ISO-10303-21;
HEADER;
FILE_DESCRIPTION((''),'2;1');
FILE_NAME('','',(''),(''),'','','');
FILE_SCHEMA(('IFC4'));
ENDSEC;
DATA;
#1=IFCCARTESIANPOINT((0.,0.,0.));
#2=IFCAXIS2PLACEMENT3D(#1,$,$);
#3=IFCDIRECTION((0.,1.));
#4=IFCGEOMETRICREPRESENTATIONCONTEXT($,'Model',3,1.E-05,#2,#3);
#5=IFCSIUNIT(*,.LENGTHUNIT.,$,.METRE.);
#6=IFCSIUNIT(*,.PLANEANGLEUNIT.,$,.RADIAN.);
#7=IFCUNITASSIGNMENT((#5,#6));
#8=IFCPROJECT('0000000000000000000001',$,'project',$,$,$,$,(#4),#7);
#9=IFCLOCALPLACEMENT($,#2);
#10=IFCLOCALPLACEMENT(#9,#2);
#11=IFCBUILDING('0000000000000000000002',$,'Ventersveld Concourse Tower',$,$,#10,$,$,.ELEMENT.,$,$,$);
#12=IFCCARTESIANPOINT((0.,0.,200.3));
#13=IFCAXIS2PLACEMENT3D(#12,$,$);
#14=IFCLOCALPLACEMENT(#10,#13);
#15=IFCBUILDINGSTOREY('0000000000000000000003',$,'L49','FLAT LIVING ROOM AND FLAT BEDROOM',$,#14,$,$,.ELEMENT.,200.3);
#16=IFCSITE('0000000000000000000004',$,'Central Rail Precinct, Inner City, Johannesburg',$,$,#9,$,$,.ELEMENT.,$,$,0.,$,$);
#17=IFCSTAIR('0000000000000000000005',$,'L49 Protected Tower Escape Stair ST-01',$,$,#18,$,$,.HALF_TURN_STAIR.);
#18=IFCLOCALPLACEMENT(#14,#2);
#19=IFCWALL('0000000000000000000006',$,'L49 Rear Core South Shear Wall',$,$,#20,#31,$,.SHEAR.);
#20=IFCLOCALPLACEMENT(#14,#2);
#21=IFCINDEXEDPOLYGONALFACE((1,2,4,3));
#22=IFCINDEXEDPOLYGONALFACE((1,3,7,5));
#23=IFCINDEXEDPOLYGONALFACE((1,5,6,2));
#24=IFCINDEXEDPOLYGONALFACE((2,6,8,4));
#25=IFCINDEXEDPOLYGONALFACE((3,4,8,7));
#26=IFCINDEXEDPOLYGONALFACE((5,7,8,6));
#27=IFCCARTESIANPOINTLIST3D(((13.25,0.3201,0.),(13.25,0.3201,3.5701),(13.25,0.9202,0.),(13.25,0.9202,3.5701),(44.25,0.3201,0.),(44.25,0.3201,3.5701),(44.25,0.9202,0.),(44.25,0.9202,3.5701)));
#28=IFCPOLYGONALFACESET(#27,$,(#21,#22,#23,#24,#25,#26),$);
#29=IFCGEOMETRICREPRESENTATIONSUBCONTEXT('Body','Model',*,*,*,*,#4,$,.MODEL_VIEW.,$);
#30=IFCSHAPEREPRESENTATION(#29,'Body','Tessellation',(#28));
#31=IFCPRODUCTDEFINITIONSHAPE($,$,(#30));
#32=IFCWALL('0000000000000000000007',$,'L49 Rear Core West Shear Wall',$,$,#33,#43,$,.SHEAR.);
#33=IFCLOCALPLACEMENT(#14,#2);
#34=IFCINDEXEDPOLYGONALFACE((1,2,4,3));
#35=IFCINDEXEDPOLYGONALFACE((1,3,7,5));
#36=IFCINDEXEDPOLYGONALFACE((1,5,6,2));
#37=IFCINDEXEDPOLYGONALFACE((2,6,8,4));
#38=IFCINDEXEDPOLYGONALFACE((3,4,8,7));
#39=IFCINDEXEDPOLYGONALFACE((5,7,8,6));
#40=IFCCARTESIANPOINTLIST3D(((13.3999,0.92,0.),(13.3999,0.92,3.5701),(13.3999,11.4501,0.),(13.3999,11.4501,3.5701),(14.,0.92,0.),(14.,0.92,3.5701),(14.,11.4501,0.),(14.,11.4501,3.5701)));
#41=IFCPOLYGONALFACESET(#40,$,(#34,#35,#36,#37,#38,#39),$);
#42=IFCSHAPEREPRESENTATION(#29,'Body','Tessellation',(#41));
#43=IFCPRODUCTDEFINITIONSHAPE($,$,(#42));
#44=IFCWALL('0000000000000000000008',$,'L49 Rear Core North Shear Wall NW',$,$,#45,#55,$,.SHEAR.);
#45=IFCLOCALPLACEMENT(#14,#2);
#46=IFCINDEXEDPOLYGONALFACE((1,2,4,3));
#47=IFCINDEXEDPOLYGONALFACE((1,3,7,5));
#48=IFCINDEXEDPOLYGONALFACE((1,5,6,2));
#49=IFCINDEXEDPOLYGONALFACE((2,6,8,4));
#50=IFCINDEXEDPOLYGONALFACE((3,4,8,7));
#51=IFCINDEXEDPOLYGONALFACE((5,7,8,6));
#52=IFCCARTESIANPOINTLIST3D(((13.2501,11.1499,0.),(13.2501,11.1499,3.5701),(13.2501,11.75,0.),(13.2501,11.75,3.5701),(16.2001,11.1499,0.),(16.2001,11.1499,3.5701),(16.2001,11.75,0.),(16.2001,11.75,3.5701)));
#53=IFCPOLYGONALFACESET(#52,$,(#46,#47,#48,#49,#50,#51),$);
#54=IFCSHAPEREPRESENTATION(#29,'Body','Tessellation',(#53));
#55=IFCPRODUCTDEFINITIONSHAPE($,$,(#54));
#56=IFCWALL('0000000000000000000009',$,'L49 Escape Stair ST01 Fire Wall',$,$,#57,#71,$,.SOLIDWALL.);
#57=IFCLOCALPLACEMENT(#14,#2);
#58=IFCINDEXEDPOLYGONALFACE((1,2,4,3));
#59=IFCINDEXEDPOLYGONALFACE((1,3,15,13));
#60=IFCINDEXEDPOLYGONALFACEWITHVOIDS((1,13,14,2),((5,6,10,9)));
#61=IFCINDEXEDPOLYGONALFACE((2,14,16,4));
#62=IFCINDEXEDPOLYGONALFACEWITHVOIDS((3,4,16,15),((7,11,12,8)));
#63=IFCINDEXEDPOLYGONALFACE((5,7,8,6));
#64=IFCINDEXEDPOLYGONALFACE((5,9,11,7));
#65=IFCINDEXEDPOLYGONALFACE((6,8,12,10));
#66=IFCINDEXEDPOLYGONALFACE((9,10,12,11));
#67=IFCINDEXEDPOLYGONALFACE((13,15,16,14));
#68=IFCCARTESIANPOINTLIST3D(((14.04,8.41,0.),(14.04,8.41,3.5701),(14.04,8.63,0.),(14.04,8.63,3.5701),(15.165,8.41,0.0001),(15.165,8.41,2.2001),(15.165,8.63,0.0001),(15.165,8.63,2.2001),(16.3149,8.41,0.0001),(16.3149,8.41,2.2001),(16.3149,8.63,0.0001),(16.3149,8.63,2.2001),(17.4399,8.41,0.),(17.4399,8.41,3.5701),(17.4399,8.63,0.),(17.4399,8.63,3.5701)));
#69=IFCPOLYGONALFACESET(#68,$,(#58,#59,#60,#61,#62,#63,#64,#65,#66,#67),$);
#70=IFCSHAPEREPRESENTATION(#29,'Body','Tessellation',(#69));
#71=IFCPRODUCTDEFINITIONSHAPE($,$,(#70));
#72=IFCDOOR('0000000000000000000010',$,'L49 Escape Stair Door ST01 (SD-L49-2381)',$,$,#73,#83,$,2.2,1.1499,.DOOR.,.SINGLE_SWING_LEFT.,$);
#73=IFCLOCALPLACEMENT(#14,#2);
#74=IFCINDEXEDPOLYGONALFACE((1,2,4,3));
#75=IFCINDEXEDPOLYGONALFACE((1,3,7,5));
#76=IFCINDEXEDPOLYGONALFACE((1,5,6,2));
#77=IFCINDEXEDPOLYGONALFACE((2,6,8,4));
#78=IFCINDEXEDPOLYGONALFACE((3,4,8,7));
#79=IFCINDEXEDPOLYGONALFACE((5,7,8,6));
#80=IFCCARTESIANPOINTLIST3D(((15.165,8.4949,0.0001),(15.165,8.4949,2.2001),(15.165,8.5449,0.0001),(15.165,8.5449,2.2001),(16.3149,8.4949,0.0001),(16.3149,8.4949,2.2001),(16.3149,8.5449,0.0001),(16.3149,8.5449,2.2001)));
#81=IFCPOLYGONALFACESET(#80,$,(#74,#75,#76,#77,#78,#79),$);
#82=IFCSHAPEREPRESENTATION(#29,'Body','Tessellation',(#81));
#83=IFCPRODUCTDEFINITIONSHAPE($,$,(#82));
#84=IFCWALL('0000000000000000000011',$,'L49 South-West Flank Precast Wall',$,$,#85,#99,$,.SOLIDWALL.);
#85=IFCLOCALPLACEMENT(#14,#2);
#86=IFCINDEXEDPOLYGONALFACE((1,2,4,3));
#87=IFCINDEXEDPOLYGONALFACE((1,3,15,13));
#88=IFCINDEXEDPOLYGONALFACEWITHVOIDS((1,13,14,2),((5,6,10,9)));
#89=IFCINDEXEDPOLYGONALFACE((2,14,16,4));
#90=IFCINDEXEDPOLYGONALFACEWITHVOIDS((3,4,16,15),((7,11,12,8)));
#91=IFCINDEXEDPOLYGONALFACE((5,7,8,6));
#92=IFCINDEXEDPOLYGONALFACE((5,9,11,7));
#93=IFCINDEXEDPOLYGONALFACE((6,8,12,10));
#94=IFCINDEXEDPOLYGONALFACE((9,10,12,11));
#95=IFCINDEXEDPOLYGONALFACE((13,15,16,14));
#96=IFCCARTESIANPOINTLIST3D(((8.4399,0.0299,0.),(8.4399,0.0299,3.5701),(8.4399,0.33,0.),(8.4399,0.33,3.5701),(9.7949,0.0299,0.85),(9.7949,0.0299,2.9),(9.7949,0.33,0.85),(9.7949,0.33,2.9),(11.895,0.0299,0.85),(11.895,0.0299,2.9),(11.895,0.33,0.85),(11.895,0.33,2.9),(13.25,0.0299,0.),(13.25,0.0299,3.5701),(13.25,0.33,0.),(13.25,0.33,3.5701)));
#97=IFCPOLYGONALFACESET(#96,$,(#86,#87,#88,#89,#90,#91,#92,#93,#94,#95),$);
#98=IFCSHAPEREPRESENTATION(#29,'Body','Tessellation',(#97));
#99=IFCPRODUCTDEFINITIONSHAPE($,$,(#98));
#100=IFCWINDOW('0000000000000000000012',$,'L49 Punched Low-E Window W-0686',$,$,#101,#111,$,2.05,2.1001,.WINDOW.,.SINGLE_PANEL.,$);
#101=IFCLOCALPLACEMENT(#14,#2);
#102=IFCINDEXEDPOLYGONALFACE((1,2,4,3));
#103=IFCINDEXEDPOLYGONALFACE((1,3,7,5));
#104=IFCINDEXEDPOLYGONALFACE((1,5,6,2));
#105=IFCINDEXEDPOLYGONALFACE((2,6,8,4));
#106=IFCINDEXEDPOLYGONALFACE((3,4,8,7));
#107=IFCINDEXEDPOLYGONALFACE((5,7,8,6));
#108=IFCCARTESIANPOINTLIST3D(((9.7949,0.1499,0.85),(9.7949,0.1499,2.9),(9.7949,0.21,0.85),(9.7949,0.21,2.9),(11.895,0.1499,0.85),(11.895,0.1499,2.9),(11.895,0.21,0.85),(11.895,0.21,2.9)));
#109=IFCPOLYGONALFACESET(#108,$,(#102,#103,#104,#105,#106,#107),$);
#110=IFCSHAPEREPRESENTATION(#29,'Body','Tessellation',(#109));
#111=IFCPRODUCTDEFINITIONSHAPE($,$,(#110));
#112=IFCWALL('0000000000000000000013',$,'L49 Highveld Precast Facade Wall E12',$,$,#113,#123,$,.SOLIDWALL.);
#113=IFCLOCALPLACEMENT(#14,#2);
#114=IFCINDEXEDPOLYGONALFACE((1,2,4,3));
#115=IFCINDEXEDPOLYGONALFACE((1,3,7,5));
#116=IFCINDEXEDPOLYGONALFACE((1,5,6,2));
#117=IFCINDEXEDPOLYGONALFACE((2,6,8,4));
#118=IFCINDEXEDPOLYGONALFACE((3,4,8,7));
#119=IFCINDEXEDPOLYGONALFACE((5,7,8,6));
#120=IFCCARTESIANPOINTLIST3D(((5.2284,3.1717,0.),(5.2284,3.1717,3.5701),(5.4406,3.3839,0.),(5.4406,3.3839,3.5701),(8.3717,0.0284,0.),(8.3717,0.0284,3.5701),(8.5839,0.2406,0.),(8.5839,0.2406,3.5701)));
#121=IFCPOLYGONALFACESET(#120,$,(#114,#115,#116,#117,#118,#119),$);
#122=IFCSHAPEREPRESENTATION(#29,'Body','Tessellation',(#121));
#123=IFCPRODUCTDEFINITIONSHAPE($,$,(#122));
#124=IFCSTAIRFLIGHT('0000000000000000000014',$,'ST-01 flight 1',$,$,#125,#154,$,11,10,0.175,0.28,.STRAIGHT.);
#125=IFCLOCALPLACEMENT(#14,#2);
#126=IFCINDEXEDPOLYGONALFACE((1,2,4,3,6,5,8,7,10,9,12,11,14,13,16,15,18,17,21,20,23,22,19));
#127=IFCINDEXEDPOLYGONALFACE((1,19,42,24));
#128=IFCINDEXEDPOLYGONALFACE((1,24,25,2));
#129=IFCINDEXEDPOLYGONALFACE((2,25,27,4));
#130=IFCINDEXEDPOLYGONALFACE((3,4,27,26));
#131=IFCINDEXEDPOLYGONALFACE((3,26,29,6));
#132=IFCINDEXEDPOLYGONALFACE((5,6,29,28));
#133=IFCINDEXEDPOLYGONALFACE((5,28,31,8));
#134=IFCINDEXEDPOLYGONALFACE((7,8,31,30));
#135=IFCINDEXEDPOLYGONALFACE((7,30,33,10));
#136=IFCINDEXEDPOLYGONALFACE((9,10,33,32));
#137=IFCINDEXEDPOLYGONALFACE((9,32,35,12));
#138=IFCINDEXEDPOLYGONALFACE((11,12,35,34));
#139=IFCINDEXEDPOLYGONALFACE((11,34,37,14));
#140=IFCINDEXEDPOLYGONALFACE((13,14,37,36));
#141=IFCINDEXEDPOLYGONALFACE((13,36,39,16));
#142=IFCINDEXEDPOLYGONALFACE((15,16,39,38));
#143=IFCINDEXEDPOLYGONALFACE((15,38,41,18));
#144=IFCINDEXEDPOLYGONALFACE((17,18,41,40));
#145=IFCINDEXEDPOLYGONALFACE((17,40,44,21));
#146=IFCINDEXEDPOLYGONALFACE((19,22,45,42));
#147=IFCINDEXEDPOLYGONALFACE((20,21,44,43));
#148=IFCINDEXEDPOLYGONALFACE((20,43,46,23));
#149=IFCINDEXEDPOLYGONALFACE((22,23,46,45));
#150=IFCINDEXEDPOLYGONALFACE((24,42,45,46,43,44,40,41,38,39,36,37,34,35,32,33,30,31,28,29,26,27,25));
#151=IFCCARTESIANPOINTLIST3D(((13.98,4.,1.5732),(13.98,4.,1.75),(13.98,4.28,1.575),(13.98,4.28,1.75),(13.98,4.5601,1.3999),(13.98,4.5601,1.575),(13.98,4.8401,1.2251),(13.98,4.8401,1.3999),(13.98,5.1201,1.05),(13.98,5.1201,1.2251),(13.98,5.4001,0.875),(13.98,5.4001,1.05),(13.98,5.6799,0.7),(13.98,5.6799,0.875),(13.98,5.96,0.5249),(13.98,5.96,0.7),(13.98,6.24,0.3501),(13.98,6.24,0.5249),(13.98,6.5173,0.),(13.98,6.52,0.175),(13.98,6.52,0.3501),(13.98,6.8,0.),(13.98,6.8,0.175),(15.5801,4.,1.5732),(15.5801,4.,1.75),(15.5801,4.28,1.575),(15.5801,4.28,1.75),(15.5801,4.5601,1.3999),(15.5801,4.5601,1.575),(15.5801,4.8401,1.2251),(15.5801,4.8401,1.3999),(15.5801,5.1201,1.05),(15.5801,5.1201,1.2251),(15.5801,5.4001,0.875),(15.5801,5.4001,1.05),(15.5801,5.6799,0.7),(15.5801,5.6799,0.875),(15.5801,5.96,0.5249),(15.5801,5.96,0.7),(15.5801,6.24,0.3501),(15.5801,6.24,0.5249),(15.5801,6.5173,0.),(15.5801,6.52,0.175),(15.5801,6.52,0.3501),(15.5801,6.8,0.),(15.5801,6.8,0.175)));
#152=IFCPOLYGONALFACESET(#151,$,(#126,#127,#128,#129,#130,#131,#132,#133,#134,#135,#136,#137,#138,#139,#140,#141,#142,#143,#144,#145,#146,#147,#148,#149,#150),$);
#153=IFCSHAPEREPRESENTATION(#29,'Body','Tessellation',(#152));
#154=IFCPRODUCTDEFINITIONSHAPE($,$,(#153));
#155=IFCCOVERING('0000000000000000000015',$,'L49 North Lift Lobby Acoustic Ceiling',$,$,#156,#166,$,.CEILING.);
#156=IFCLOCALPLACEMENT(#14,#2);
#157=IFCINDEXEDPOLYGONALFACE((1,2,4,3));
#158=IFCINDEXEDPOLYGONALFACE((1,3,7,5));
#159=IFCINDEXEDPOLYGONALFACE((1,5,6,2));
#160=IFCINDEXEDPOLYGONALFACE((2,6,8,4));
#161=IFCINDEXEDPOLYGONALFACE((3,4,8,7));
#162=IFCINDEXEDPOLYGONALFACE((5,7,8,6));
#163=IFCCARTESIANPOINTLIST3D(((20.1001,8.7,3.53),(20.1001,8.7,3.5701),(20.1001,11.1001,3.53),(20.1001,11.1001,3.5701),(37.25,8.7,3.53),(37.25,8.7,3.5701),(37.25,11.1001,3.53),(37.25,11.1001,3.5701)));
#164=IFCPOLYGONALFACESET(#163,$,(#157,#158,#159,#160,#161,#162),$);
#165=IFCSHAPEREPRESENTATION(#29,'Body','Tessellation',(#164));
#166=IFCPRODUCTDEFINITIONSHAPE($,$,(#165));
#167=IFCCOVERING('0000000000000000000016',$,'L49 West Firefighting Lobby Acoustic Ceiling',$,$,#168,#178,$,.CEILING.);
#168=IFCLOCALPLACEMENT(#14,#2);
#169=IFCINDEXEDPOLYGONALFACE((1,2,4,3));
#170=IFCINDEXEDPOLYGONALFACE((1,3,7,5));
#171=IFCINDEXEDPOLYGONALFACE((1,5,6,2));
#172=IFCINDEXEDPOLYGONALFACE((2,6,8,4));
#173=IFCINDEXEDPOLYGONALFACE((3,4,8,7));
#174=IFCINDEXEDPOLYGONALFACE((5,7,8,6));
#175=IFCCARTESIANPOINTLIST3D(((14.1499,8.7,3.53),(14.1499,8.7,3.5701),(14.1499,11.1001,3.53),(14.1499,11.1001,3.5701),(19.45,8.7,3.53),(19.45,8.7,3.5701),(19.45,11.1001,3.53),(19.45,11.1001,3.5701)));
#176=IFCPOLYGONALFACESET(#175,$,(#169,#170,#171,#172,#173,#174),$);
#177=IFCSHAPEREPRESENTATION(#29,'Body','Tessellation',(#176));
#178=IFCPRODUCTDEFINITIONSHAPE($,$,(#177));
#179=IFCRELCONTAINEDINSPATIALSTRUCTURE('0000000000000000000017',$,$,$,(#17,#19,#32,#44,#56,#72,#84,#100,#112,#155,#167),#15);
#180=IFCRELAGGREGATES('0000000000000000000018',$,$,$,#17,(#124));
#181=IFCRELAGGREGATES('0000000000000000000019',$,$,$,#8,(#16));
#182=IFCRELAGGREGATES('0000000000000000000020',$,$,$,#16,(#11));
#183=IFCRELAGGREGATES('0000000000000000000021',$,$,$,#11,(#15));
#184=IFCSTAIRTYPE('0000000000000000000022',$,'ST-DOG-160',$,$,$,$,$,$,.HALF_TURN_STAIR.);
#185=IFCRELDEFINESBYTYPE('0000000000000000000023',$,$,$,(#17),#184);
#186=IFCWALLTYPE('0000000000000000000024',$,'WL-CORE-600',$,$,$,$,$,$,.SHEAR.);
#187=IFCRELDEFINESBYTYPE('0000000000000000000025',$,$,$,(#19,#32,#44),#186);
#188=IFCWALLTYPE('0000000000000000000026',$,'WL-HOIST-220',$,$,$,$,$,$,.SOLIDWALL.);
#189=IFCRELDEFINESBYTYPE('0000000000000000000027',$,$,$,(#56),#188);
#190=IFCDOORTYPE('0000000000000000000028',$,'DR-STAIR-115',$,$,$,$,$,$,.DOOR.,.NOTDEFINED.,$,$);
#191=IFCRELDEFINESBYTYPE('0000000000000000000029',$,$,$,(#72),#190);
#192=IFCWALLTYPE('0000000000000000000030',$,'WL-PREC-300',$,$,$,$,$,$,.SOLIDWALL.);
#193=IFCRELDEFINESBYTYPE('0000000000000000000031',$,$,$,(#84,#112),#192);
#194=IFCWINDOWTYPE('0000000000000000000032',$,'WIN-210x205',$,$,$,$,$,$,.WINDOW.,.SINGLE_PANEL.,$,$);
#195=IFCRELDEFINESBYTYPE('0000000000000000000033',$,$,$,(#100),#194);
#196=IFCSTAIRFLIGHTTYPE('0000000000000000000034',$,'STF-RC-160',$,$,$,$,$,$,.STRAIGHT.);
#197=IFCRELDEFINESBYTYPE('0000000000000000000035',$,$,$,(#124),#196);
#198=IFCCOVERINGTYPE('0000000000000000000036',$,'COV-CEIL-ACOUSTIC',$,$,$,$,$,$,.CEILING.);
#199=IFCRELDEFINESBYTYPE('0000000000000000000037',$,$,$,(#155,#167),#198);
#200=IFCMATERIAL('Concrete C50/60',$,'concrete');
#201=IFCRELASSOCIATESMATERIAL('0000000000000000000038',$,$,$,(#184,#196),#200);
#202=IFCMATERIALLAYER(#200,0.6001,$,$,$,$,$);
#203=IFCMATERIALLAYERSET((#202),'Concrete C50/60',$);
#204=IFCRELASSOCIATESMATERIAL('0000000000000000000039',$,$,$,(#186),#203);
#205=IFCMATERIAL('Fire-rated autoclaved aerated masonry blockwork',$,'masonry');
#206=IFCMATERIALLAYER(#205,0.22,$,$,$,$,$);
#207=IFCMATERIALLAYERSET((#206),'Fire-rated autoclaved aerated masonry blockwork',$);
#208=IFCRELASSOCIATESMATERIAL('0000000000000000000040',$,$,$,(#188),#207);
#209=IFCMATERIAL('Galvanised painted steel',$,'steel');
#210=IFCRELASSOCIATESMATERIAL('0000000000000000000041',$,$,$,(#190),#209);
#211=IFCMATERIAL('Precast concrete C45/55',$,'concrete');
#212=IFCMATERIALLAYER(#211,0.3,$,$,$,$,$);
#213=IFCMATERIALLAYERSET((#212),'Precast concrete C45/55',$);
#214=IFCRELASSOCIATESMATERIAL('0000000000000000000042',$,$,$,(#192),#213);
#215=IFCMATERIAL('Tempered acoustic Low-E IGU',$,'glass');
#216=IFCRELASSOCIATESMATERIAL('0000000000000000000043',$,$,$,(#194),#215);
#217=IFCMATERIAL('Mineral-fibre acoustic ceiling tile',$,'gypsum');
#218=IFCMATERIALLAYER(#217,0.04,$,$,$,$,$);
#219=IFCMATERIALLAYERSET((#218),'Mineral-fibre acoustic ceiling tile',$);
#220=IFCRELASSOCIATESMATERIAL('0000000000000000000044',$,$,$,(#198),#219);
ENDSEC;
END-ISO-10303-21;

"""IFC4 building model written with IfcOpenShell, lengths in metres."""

from ifc_helpers import new_model, si_unit, direction, frame, frame_2d, origin, place, context, subcontext, project, spatial, polyline, rectangle, outline, extrude, material, layer, layer_set, type_object, element, fill, aggregate, save


model = new_model("IFC4")

# Units and contexts
model_context = context("Model", 3, precision=1e-05, world=origin(), true_north=direction((0.0, 1.0)))
body_context = subcontext(model_context, "Body", "Model", "MODEL_VIEW")
ifc_project = project(units=[si_unit("LENGTHUNIT", "METRE"), si_unit("PLANEANGLEUNIT", "RADIAN")], contexts=[model_context])

# Site, building, storey
site_placement = place(None, origin())
site = spatial("IfcSite", under=ifc_project, at=site_placement, Name="Central Rail Precinct, Inner City, Johannesburg", CompositionType="ELEMENT", RefElevation=0.0)
building_placement = place(site_placement, origin())
building = spatial("IfcBuilding", under=site, at=building_placement, Name="Ventersveld Concourse Tower", CompositionType="ELEMENT")
storey_placement = place(building_placement, frame((0.0, 0.0, 200.3)))
storey = spatial("IfcBuildingStorey", under=building, at=storey_placement, Name="L49", Description="FLAT LIVING ROOM AND FLAT BEDROOM", CompositionType="ELEMENT", Elevation=200.3)

# Shared definitions
ifc_material_1 = material(Name="Concrete C50/60", Category="concrete")

# Stair
stair_type_1 = type_object("IfcStairType", Name="ST-DOG-160", PredefinedType="HALF_TURN_STAIR", material=ifc_material_1)
stair_1_placement = place(storey_placement, origin())
stair_1 = element("IfcStair", 1, at=stair_1_placement, inside=storey, type_object=stair_type_1, Name="L49 Protected Tower Escape Stair ST-01", PredefinedType="HALF_TURN_STAIR")

# Walls
ifc_layer_1 = layer(ifc_material_1, 0.6001)
ifc_layer_set_1 = layer_set([ifc_layer_1], Name="Concrete C50/60")
wall_type_1 = type_object("IfcWallType", Name="WL-CORE-600", PredefinedType="SHEAR", material=ifc_layer_set_1)
wall_1_placement = place(storey_placement, frame((13.25, 0.6201, 0.0), z_axis=(0.0, 0.0, 1.0), x_axis=(1.0, 0.0, 0.0)))
element("IfcWall", 2, at=wall_1_placement, inside=storey, type_object=wall_type_1, Name="L49 Rear Core South Shear Wall", PredefinedType="SHEAR", context=body_context, shape_type="SweptSolid", body=[
    extrude(rectangle(XDim=31.0, YDim=0.6001, at=frame_2d((15.5, 0.0))), origin(), (0.0, 0.0, 1.0), 3.5701),
])
wall_2_placement = place(storey_placement, frame((13.7, 0.9199, 0.0), z_axis=(0.0, 0.0, 1.0), x_axis=(0.0, 1.0, 0.0)))
element("IfcWall", 3, at=wall_2_placement, inside=storey, type_object=wall_type_1, Name="L49 Rear Core West Shear Wall", PredefinedType="SHEAR", context=body_context, shape_type="SweptSolid", body=[
    extrude(rectangle(XDim=10.53, YDim=0.6001, at=frame_2d((5.2651, 0.0))), origin(), (0.0, 0.0, 1.0), 3.5701),
])
wall_3_placement = place(storey_placement, frame((13.25, 11.45, 0.0), z_axis=(0.0, 0.0, 1.0), x_axis=(1.0, 0.0, 0.0)))
element("IfcWall", 4, at=wall_3_placement, inside=storey, type_object=wall_type_1, Name="L49 Rear Core North Shear Wall NW", PredefinedType="SHEAR", context=body_context, shape_type="SweptSolid", body=[
    extrude(rectangle(XDim=2.95, YDim=0.6001, at=frame_2d((1.4751, 0.0))), origin(), (0.0, 0.0, 1.0), 3.5701),
])

# Wall, opening, door
ifc_material_2 = material(Name="Fire-rated autoclaved aerated masonry blockwork", Category="masonry")
ifc_layer_2 = layer(ifc_material_2, 0.22)
ifc_layer_set_2 = layer_set([ifc_layer_2], Name="Fire-rated autoclaved aerated masonry blockwork")
wall_type_2 = type_object("IfcWallType", Name="WL-HOIST-220", PredefinedType="SOLIDWALL", material=ifc_layer_set_2)
wall_4_placement = place(storey_placement, frame((14.04, 8.52, 0.0), z_axis=(0.0, 0.0, 1.0), x_axis=(1.0, 0.0, 0.0)))
wall_4 = element("IfcWall", 5, at=wall_4_placement, inside=storey, type_object=wall_type_2, Name="L49 Escape Stair ST01 Fire Wall", PredefinedType="SOLIDWALL", context=body_context, shape_type="SweptSolid", body=[
    extrude(rectangle(XDim=3.3999, YDim=0.22, at=frame_2d((1.7, 0.0))), origin(), (0.0, 0.0, 1.0), 3.5701),
])
opening_1_placement = place(wall_4_placement, frame((1.125, 0.0, 0.0)))
opening_1 = element("IfcOpeningElement", 6, at=opening_1_placement, cuts=wall_4, PredefinedType="OPENING", context=body_context, shape_type="SweptSolid", body=[
    extrude(rectangle(XDim=1.1499, YDim=2.2, at=frame_2d((0.575, 1.1001))), frame((0.0, 0.1201, 0.0), z_axis=(0.0, -1.0, 0.0), x_axis=(1.0, 0.0, 0.0)), (0.0, 0.0, 1.0), 0.24),
])
ifc_material_3 = material(Name="Galvanised painted steel", Category="steel")
door_type = type_object("IfcDoorType", Name="DR-STAIR-115", OperationType="NOTDEFINED", PredefinedType="DOOR", material=ifc_material_3)
door_placement = place(opening_1_placement, origin())
door = element("IfcDoor", 7, at=door_placement, inside=storey, type_object=door_type, Name="L49 Escape Stair Door ST01 (SD-L49-2381)", OperationType="SINGLE_SWING_LEFT", OverallHeight=2.2, OverallWidth=1.1499, PredefinedType="DOOR", context=body_context, shape_type="SweptSolid", body=[
    extrude(rectangle(XDim=1.1499, YDim=2.2, at=frame_2d((0.575, 1.1001))), frame((0.0, 0.0249, 0.0), z_axis=(0.0, -1.0, 0.0), x_axis=(1.0, 0.0, 0.0)), (0.0, 0.0, 1.0), 0.05),
])
fill(opening_1, door)

# Wall, opening, window
ifc_material_4 = material(Name="Precast concrete C45/55", Category="concrete")
ifc_layer_3 = layer(ifc_material_4, 0.3)
ifc_layer_set_3 = layer_set([ifc_layer_3], Name="Precast concrete C45/55")
wall_type_3 = type_object("IfcWallType", Name="WL-PREC-300", PredefinedType="SOLIDWALL", material=ifc_layer_set_3)
wall_5_placement = place(storey_placement, frame((8.4399, 0.1799, 0.0), z_axis=(0.0, 0.0, 1.0), x_axis=(1.0, 0.0, 0.0)))
wall_5 = element("IfcWall", 8, at=wall_5_placement, inside=storey, type_object=wall_type_3, Name="L49 South-West Flank Precast Wall", PredefinedType="SOLIDWALL", context=body_context, shape_type="SweptSolid", body=[
    extrude(rectangle(XDim=4.8101, YDim=0.3, at=frame_2d((2.405, 0.0))), origin(), (0.0, 0.0, 1.0), 3.5701),
])
opening_2_placement = place(wall_5_placement, frame((1.355, 0.0, 0.8501)))
opening_2 = element("IfcOpeningElement", 9, at=opening_2_placement, cuts=wall_5, PredefinedType="OPENING", context=body_context, shape_type="SweptSolid", body=[
    extrude(rectangle(XDim=2.1001, YDim=2.05, at=frame_2d((1.05, 1.0249))), frame((0.0, 0.1602, 0.0), z_axis=(0.0, -1.0, 0.0), x_axis=(1.0, 0.0, 0.0)), (0.0, 0.0, 1.0), 0.3201),
])
ifc_material_5 = material(Name="Tempered acoustic Low-E IGU", Category="glass")
window_type = type_object("IfcWindowType", Name="WIN-210x205", PartitioningType="SINGLE_PANEL", PredefinedType="WINDOW", material=ifc_material_5)
window_placement = place(opening_2_placement, origin())
window = element("IfcWindow", 10, at=window_placement, inside=storey, type_object=window_type, Name="L49 Punched Low-E Window W-0686", OverallHeight=2.05, OverallWidth=2.1001, PartitioningType="SINGLE_PANEL", PredefinedType="WINDOW", context=body_context, shape_type="SweptSolid", body=[
    extrude(rectangle(XDim=2.1001, YDim=2.05, at=frame_2d((1.05, 1.0249))), frame((0.0, 0.03, 0.0), z_axis=(0.0, -1.0, 0.0), x_axis=(1.0, 0.0, 0.0)), (0.0, 0.0, 1.0), 0.0601),
])
fill(opening_2, window)

# Wall
wall_6_placement = place(storey_placement, frame((5.3345, 3.2778, 0.0), z_axis=(0.0, 0.0, 1.0), x_axis=(0.707107, -0.707107, 0.0)))
element("IfcWall", 11, at=wall_6_placement, inside=storey, type_object=wall_type_3, Name="L49 Highveld Precast Facade Wall E12", PredefinedType="SOLIDWALL", context=body_context, shape_type="SweptSolid", body=[
    extrude(rectangle(XDim=4.4453, YDim=0.3, at=frame_2d((2.2227, 0.0))), origin(), (0.0, 0.0, 1.0), 3.5701),
])

# Stair flight
stair_flight_type = type_object("IfcStairFlightType", Name="STF-RC-160", PredefinedType="STRAIGHT", material=ifc_material_1)
stair_flight_placement = place(storey_placement, frame((14.78, 6.8, 0.0), z_axis=(0.0, 0.0, 1.0), x_axis=(0.0, -1.0, 0.0)))
stair_flight = element("IfcStairFlight", 12, at=stair_flight_placement, type_object=stair_flight_type, Name="ST-01 flight 1", NumberOfRisers=11, NumberOfTreads=10, PredefinedType="STRAIGHT", RiserHeight=0.175, TreadLength=0.28, context=body_context, shape_type="SweptSolid", body=[
    extrude(outline(polyline([(0.0, 0.0), (0.0, 0.175), (0.28, 0.175), (0.28, 0.3501), (0.5601, 0.3501), (0.5601, 0.5249), (0.8401, 0.5249), (0.8401, 0.7), (1.1201, 0.7), (1.1201, 0.875), (1.3999, 0.875), (1.3999, 1.05), (1.6799, 1.05), (1.6799, 1.2251), (1.96, 1.2251), (1.96, 1.3999), (2.24, 1.3999), (2.24, 1.575), (2.52, 1.575), (2.52, 1.75), (2.8, 1.75), (2.8, 1.925), (2.8, 1.5732), (0.2827, 0.0), (0.0, 0.0)])), frame((0.0, 0.8, 0.0), z_axis=(0.0, -1.0, 0.0), x_axis=(1.0, 0.0, 0.0)), (0.0, 0.0, 1.0), 1.6001),
])
aggregate(stair_1, [stair_flight])

# Coverings
ifc_material_6 = material(Name="Mineral-fibre acoustic ceiling tile", Category="gypsum")
ifc_layer_4 = layer(ifc_material_6, 0.04)
ifc_layer_set_4 = layer_set([ifc_layer_4], Name="Mineral-fibre acoustic ceiling tile")
covering_type_1 = type_object("IfcCoveringType", Name="COV-CEIL-ACOUSTIC", PredefinedType="CEILING", material=ifc_layer_set_4)
covering_1_placement = place(storey_placement, frame((0.0, 0.0, 3.53)))
element("IfcCovering", 13, at=covering_1_placement, inside=storey, type_object=covering_type_1, Name="L49 North Lift Lobby Acoustic Ceiling", PredefinedType="CEILING", context=body_context, shape_type="SweptSolid", body=[
    extrude(outline(polyline([(20.1001, 8.7), (37.25, 8.7), (37.25, 11.1001), (20.1001, 11.1001), (20.1001, 8.7)])), origin(), (0.0, 0.0, 1.0), 0.04),
])
covering_2_placement = place(storey_placement, frame((0.0, 0.0, 3.53)))
element("IfcCovering", 14, at=covering_2_placement, inside=storey, type_object=covering_type_1, Name="L49 West Firefighting Lobby Acoustic Ceiling", PredefinedType="CEILING", context=body_context, shape_type="SweptSolid", body=[
    extrude(outline(polyline([(14.1499, 8.7), (19.45, 8.7), (19.45, 11.1001), (14.1499, 11.1001), (14.1499, 8.7)])), origin(), (0.0, 0.0, 1.0), 0.04),
])

save(model, "model.ifc")
